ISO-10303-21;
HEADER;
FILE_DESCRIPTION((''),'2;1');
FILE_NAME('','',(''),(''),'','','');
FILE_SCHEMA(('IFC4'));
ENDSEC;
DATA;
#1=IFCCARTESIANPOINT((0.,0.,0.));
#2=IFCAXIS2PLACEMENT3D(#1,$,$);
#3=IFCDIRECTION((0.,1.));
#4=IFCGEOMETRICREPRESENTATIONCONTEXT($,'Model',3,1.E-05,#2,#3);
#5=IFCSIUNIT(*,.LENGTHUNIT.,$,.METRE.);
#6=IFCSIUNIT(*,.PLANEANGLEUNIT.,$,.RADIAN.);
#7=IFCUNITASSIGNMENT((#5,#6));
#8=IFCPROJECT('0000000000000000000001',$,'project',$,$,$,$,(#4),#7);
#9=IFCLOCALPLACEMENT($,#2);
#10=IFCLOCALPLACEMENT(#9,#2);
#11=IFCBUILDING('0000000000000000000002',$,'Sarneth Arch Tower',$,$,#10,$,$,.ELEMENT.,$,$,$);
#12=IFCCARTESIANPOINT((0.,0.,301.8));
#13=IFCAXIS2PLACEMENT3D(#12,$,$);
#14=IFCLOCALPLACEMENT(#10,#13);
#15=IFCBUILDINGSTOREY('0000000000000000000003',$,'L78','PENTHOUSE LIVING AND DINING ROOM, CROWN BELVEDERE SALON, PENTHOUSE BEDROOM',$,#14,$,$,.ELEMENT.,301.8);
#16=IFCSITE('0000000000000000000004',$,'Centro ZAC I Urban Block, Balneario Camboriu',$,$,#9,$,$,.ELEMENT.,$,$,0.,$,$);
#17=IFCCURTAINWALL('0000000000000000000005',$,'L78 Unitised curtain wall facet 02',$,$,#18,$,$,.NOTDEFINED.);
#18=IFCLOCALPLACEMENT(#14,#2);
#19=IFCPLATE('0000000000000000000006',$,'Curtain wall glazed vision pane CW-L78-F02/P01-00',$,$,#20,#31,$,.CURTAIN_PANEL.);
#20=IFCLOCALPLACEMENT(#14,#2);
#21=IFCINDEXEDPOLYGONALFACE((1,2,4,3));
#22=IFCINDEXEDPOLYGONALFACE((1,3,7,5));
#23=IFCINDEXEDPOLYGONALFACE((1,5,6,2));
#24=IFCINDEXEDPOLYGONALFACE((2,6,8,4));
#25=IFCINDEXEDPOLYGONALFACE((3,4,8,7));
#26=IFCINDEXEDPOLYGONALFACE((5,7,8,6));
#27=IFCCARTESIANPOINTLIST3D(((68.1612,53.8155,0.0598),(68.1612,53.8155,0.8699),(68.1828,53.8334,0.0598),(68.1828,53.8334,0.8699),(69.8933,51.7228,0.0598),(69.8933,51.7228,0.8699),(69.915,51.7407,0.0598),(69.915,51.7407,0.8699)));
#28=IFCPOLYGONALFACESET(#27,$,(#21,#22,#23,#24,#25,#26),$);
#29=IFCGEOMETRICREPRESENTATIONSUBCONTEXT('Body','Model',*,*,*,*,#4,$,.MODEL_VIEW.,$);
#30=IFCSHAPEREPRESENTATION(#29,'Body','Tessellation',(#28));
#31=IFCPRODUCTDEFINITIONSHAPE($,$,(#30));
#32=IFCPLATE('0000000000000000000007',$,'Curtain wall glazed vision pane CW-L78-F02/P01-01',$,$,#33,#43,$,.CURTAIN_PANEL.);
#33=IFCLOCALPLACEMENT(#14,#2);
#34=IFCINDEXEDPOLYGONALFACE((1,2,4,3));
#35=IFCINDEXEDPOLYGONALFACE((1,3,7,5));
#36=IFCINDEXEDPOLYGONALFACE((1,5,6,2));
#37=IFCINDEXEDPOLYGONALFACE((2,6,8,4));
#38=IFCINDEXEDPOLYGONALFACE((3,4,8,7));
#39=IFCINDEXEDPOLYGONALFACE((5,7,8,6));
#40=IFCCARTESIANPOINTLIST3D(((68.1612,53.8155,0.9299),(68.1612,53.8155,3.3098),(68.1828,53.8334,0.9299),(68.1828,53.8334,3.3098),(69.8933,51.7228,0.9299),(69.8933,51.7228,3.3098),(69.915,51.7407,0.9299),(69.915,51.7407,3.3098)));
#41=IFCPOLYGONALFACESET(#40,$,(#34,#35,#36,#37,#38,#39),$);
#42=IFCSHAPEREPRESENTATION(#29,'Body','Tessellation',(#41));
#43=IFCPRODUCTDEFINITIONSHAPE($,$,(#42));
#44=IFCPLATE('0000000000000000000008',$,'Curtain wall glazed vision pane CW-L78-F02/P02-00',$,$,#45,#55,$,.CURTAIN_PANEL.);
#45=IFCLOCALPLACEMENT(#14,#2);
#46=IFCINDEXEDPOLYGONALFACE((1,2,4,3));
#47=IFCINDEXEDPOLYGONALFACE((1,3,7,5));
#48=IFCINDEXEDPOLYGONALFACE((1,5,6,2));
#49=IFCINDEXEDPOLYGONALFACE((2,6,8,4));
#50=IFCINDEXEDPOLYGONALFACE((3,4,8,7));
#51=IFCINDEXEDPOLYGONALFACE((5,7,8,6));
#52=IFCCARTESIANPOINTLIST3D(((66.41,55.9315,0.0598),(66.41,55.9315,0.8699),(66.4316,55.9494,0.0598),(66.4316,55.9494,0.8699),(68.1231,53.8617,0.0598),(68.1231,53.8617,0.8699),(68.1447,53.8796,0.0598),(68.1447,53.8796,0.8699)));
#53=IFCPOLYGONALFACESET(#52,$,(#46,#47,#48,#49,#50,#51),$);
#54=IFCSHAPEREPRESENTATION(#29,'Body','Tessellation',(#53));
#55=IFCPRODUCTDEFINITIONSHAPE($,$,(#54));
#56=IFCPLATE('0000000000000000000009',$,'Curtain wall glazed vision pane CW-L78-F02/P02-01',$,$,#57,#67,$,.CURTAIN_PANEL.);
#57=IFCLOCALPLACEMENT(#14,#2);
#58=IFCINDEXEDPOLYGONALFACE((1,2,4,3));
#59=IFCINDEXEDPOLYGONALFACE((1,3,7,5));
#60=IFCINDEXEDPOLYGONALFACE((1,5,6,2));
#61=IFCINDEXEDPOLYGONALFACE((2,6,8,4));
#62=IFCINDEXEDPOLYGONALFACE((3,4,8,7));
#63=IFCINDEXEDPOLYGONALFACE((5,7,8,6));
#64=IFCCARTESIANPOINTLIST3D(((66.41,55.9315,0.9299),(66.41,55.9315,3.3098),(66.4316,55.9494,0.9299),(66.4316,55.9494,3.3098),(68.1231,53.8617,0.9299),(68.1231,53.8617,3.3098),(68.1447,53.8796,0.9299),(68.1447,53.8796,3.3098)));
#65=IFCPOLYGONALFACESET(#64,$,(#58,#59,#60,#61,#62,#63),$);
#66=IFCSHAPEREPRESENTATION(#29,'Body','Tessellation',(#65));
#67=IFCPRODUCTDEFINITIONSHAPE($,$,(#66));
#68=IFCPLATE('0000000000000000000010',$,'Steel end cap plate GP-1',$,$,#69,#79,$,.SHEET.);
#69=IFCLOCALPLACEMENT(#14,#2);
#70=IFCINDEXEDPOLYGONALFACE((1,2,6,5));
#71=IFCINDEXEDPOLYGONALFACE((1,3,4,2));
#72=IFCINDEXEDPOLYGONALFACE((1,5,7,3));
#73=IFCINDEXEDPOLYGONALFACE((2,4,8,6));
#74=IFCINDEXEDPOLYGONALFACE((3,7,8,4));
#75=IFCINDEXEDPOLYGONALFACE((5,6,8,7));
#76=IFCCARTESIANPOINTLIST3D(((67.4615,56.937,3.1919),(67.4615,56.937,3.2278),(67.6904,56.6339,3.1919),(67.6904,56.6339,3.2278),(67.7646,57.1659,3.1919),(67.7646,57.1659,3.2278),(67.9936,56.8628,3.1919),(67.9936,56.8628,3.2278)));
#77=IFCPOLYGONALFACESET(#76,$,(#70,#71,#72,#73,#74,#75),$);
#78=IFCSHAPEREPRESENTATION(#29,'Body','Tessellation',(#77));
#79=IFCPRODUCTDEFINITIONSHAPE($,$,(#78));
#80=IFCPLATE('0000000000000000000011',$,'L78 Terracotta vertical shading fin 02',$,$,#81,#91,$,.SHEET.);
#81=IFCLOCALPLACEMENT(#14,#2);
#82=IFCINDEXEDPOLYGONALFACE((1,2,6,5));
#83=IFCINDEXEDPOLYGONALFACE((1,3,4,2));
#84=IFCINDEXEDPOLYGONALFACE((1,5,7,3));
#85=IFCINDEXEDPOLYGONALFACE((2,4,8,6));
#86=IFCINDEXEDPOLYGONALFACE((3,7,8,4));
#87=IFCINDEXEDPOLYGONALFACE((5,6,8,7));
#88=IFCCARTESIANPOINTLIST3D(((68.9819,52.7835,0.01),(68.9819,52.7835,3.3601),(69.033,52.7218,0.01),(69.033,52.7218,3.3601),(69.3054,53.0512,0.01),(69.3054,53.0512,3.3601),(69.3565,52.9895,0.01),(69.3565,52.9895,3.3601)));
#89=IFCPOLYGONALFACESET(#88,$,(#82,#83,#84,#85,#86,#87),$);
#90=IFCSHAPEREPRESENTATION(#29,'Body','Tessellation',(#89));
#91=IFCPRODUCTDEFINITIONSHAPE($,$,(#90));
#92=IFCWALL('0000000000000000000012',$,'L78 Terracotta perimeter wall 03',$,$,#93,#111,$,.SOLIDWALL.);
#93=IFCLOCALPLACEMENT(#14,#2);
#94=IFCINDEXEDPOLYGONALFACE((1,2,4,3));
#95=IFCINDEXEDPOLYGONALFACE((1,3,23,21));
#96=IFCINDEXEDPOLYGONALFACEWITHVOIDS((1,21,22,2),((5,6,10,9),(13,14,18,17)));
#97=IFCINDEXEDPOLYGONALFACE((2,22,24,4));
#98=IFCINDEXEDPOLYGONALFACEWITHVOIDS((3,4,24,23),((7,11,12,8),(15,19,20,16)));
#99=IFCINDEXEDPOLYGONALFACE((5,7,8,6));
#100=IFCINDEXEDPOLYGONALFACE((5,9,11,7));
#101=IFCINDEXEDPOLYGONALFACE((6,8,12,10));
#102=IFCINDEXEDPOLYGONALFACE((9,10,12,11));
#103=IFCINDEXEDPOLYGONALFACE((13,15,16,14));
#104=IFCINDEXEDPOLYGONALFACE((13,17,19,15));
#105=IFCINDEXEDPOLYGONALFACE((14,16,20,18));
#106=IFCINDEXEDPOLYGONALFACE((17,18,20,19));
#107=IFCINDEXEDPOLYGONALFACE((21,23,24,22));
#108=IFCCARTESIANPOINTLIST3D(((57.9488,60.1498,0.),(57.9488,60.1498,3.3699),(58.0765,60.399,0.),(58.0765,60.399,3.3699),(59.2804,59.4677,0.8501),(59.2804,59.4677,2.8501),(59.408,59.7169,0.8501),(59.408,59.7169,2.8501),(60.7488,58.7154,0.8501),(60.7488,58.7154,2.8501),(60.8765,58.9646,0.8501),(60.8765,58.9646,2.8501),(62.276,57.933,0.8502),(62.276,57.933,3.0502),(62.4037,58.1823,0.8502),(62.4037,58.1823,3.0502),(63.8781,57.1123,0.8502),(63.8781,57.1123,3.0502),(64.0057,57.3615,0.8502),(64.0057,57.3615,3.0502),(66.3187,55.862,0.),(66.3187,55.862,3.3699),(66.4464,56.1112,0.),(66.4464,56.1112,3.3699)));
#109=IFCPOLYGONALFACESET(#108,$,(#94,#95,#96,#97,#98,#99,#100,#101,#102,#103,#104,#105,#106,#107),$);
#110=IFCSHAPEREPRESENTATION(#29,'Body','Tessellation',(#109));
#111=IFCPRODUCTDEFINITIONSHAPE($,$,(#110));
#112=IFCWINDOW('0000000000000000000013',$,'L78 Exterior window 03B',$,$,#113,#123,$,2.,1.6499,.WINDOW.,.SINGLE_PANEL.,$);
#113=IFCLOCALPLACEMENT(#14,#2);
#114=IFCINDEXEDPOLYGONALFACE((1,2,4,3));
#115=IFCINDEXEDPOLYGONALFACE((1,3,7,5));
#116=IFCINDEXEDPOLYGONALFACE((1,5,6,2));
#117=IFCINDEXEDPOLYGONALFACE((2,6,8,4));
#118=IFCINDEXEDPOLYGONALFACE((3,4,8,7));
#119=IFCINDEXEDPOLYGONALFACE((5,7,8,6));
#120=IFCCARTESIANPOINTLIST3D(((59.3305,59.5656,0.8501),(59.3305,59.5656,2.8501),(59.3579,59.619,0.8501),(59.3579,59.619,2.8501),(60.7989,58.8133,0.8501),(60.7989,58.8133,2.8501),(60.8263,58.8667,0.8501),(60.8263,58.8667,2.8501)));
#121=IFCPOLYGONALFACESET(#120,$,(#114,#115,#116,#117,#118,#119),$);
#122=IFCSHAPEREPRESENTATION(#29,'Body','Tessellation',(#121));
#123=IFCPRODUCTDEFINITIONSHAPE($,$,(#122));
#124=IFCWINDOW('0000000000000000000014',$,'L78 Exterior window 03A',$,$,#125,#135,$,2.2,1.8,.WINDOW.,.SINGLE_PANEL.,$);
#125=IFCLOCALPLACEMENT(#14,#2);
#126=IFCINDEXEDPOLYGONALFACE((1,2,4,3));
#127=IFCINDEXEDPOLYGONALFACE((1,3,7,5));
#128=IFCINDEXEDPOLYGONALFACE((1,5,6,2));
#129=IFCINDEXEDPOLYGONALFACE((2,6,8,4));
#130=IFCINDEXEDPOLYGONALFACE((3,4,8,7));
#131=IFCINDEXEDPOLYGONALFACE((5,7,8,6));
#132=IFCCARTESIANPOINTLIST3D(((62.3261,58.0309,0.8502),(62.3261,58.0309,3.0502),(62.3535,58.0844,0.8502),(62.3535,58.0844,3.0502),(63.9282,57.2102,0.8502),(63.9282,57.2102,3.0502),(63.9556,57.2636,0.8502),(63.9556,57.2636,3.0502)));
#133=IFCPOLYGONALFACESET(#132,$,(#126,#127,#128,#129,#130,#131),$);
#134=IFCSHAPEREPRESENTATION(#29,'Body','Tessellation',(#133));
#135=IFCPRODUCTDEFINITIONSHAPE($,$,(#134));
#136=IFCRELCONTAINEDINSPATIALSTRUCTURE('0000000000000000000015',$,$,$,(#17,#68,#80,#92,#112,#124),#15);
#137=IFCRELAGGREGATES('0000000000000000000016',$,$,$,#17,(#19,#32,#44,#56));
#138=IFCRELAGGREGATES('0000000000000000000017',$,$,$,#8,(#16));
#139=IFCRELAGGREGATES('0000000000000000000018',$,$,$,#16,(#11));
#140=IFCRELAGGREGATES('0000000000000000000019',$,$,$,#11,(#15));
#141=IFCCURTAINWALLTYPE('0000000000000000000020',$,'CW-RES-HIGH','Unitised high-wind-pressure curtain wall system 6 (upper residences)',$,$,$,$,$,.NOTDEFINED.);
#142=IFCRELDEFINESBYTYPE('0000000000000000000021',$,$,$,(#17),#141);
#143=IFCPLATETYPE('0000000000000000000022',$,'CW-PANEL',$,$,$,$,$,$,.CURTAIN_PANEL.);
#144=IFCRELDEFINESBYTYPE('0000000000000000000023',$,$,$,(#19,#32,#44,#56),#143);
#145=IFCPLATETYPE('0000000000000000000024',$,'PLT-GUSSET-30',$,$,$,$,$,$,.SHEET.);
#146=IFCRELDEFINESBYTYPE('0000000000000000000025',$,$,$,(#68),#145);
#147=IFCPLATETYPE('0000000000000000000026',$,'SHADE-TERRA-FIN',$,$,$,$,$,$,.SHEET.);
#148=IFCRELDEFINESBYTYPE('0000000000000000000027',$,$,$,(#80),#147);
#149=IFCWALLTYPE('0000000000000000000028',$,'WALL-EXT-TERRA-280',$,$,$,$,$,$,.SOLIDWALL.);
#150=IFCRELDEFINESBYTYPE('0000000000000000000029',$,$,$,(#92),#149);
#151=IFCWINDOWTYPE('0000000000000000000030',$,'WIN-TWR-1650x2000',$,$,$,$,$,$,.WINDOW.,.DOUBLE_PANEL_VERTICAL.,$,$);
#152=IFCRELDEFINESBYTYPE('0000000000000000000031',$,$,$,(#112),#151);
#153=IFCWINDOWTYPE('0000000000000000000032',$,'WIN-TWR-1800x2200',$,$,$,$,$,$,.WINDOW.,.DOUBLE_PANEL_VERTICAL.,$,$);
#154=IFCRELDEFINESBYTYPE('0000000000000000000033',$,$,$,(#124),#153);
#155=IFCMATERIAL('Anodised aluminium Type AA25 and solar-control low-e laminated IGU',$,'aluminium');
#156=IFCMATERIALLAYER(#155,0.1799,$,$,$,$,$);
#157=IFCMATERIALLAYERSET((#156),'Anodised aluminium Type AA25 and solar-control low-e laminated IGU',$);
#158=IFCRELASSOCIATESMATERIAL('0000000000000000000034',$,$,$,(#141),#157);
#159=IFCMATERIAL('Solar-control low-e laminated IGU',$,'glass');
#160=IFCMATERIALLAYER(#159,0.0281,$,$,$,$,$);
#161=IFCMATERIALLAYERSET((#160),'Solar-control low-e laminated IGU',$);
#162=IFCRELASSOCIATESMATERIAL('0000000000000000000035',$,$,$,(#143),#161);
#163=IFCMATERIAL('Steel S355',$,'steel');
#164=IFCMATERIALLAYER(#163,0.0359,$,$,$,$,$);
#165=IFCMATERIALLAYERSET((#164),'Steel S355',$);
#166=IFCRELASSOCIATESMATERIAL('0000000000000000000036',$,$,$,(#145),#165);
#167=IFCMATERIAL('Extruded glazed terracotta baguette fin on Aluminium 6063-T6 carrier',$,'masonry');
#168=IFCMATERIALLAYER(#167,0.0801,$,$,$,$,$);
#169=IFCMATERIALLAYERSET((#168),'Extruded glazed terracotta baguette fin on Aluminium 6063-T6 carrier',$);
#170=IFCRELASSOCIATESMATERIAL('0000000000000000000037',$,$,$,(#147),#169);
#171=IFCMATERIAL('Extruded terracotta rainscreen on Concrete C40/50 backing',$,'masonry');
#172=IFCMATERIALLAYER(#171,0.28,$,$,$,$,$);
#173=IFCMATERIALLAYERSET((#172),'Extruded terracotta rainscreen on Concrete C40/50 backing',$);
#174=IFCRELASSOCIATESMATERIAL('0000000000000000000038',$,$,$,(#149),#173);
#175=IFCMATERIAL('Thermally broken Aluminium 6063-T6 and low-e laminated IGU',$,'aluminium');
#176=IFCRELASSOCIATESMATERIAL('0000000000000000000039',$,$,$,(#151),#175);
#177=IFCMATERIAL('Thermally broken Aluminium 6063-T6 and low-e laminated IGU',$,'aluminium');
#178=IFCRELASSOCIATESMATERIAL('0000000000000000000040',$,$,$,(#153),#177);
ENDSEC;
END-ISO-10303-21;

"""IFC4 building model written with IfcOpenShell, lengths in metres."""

from ifc_helpers import new_model, si_unit, direction, frame, frame_2d, origin, origin_2d, place, context, subcontext, project, spatial, rectangle, extrude, material, layer, layer_set, type_object, element, fill, aggregate, save


model = new_model("IFC4")

# Units and contexts
model_context = context("Model", 3, precision=1e-05, world=origin(), true_north=direction((0.0, 1.0)))
body_context = subcontext(model_context, "Body", "Model", "MODEL_VIEW")
ifc_project = project(units=[si_unit("LENGTHUNIT", "METRE"), si_unit("PLANEANGLEUNIT", "RADIAN")], contexts=[model_context])

# Site, building, storey
site_placement = place(None, origin())
site = spatial("IfcSite", under=ifc_project, at=site_placement, Name="Centro ZAC I Urban Block, Balneario Camboriu", CompositionType="ELEMENT", RefElevation=0.0)
building_placement = place(site_placement, origin())
building = spatial("IfcBuilding", under=site, at=building_placement, Name="Sarneth Arch Tower", CompositionType="ELEMENT")
storey_placement = place(building_placement, frame((0.0, 0.0, 301.8)))
storey = spatial("IfcBuildingStorey", under=building, at=storey_placement, Name="L78", Description="PENTHOUSE LIVING AND DINING ROOM, CROWN BELVEDERE SALON, PENTHOUSE BEDROOM", CompositionType="ELEMENT", Elevation=301.8)

# Curtain wall
ifc_material_1 = material(Name="Anodised aluminium Type AA25 and solar-control low-e laminated IGU", Category="aluminium")
ifc_layer_1 = layer(ifc_material_1, 0.1799)
ifc_layer_set_1 = layer_set([ifc_layer_1], Name="Anodised aluminium Type AA25 and solar-control low-e laminated IGU")
curtain_wall_type = type_object("IfcCurtainWallType", Name="CW-RES-HIGH", Description="Unitised high-wind-pressure curtain wall system 6 (upper residences)", PredefinedType="NOTDEFINED", material=ifc_layer_set_1)
curtain_wall_placement = place(storey_placement, origin())
curtain_wall = element("IfcCurtainWall", 1, at=curtain_wall_placement, inside=storey, type_object=curtain_wall_type, Name="L78 Unitised curtain wall facet 02", PredefinedType="NOTDEFINED")

# Plates
ifc_material_2 = material(Name="Solar-control low-e laminated IGU", Category="glass")
ifc_layer_2 = layer(ifc_material_2, 0.0281)
ifc_layer_set_2 = layer_set([ifc_layer_2], Name="Solar-control low-e laminated IGU")
plate_type_1 = type_object("IfcPlateType", Name="CW-PANEL", PredefinedType="CURTAIN_PANEL", material=ifc_layer_set_2)
plate_1_placement = place(storey_placement, frame((69.0381, 52.7781, 0.0598), z_axis=(0.0, 0.0, 1.0), x_axis=(-0.63761, 0.770359, 0.0)))
plate_1 = element("IfcPlate", 2, at=plate_1_placement, type_object=plate_type_1, Name="Curtain wall glazed vision pane CW-L78-F02/P01-00", PredefinedType="CURTAIN_PANEL", context=body_context, shape_type="SweptSolid", body=[
    extrude(rectangle(XDim=2.7166, YDim=0.0281, at=origin_2d()), origin(), (0.0, 0.0, 1.0), 0.8101),
])
plate_2_placement = place(storey_placement, frame((69.0381, 52.7781, 0.9299), z_axis=(0.0, 0.0, 1.0), x_axis=(-0.63761, 0.770359, 0.0)))
plate_2 = element("IfcPlate", 3, at=plate_2_placement, type_object=plate_type_1, Name="Curtain wall glazed vision pane CW-L78-F02/P01-01", PredefinedType="CURTAIN_PANEL", context=body_context, shape_type="SweptSolid", body=[
    extrude(rectangle(XDim=2.7166, YDim=0.0281, at=origin_2d()), origin(), (0.0, 0.0, 1.0), 2.3799),
])
plate_3_placement = place(storey_placement, frame((67.2773, 54.9055, 0.0598), z_axis=(0.0, 0.0, 1.0), x_axis=(-0.63761, 0.770359, 0.0)))
plate_3 = element("IfcPlate", 4, at=plate_3_placement, type_object=plate_type_1, Name="Curtain wall glazed vision pane CW-L78-F02/P02-00", PredefinedType="CURTAIN_PANEL", context=body_context, shape_type="SweptSolid", body=[
    extrude(rectangle(XDim=2.6868, YDim=0.0281, at=origin_2d()), origin(), (0.0, 0.0, 1.0), 0.8101),
])
plate_4_placement = place(storey_placement, frame((67.2773, 54.9055, 0.9299), z_axis=(0.0, 0.0, 1.0), x_axis=(-0.63761, 0.770359, 0.0)))
plate_4 = element("IfcPlate", 5, at=plate_4_placement, type_object=plate_type_1, Name="Curtain wall glazed vision pane CW-L78-F02/P02-01", PredefinedType="CURTAIN_PANEL", context=body_context, shape_type="SweptSolid", body=[
    extrude(rectangle(XDim=2.6868, YDim=0.0281, at=origin_2d()), origin(), (0.0, 0.0, 1.0), 2.3799),
])
aggregate(curtain_wall, [plate_1, plate_2, plate_3, plate_4])

# Plates
ifc_material_3 = material(Name="Steel S355", Category="steel")
ifc_layer_3 = layer(ifc_material_3, 0.0359)
ifc_layer_set_3 = layer_set([ifc_layer_3], Name="Steel S355")
plate_type_2 = type_object("IfcPlateType", Name="PLT-GUSSET-30", PredefinedType="SHEET", material=ifc_layer_set_3)
plate_5_placement = place(storey_placement, frame((67.7275, 56.8999, 3.1919), z_axis=(0.0, 0.0, 1.0), x_axis=(0.798005, 0.602651, 0.0)))
element("IfcPlate", 6, at=plate_5_placement, inside=storey, type_object=plate_type_2, Name="Steel end cap plate GP-1", PredefinedType="SHEET", context=body_context, shape_type="SweptSolid", body=[
    extrude(rectangle(XDim=0.3799, YDim=0.3799, at=origin_2d()), origin(), (0.0, 0.0, 1.0), 0.0359),
])
ifc_material_4 = material(Name="Extruded glazed terracotta baguette fin on Aluminium 6063-T6 carrier", Category="masonry")
ifc_layer_4 = layer(ifc_material_4, 0.0801)
ifc_layer_set_4 = layer_set([ifc_layer_4], Name="Extruded glazed terracotta baguette fin on Aluminium 6063-T6 carrier")
plate_type_3 = type_object("IfcPlateType", Name="SHADE-TERRA-FIN", PredefinedType="SHEET", material=ifc_layer_set_4)
plate_6_placement = place(storey_placement, frame((69.1692, 52.8865, 0.01), z_axis=(0.0, 0.0, 1.0), x_axis=(0.770402, 0.637558, 0.0)))
element("IfcPlate", 7, at=plate_6_placement, inside=storey, type_object=plate_type_3, Name="L78 Terracotta vertical shading fin 02", PredefinedType="SHEET", context=body_context, shape_type="SweptSolid", body=[
    extrude(rectangle(XDim=0.4199, YDim=0.0801, at=origin_2d()), origin(), (0.0, 0.0, 1.0), 3.3501),
])

# Wall, openings, windows
ifc_material_5 = material(Name="Extruded terracotta rainscreen on Concrete C40/50 backing", Category="masonry")
ifc_layer_5 = layer(ifc_material_5, 0.28)
ifc_layer_set_5 = layer_set([ifc_layer_5], Name="Extruded terracotta rainscreen on Concrete C40/50 backing")
wall_type = type_object("IfcWallType", Name="WALL-EXT-TERRA-280", PredefinedType="SOLIDWALL", material=ifc_layer_set_5)
wall_placement = place(storey_placement, frame((66.3826, 55.9866, 0.0), z_axis=(0.0, 0.0, 1.0), x_axis=(-0.890007, 0.455946, 0.0)))
wall = element("IfcWall", 8, at=wall_placement, inside=storey, type_object=wall_type, Name="L78 Terracotta perimeter wall 03", PredefinedType="SOLIDWALL", context=body_context, shape_type="SweptSolid", body=[
    extrude(rectangle(XDim=9.4043, YDim=0.28, at=frame_2d((4.7021, 0.0))), origin(), (0.0, 0.0, 1.0), 3.3699),
])
opening_1_placement = place(wall_placement, frame((2.7424, 0.0, 0.8501)))
opening_1 = element("IfcOpeningElement", 9, at=opening_1_placement, cuts=wall, PredefinedType="OPENING", context=body_context, shape_type="SweptSolid", body=[
    extrude(rectangle(XDim=1.8, YDim=2.2, at=frame_2d((0.8999, 1.1001))), frame((0.0, 0.1499, 0.0), z_axis=(0.0, -1.0, 0.0), x_axis=(1.0, 0.0, 0.0)), (0.0, 0.0, 1.0), 0.3),
])
opening_2_placement = place(wall_placement, frame((6.2583, 0.0, 0.8501)))
opening_2 = element("IfcOpeningElement", 10, at=opening_2_placement, cuts=wall, PredefinedType="OPENING", context=body_context, shape_type="SweptSolid", body=[
    extrude(rectangle(XDim=1.6499, YDim=2.0, at=frame_2d((0.825, 1.0))), frame((0.0, 0.1499, 0.0), z_axis=(0.0, -1.0, 0.0), x_axis=(1.0, 0.0, 0.0)), (0.0, 0.0, 1.0), 0.3),
])
ifc_material_6 = material(Name="Thermally broken Aluminium 6063-T6 and low-e laminated IGU", Category="aluminium")
window_type_1 = type_object("IfcWindowType", Name="WIN-TWR-1650x2000", PartitioningType="DOUBLE_PANEL_VERTICAL", PredefinedType="WINDOW", material=ifc_material_6)
window_1_placement = place(opening_2_placement, origin())
window_1 = element("IfcWindow", 11, at=window_1_placement, inside=storey, type_object=window_type_1, Name="L78 Exterior window 03B", OverallHeight=2.0, OverallWidth=1.6499, PartitioningType="SINGLE_PANEL", PredefinedType="WINDOW", context=body_context, shape_type="SweptSolid", body=[
    extrude(rectangle(XDim=1.6499, YDim=2.0, at=frame_2d((0.825, 1.0))), frame((0.0, 0.03, 0.0), z_axis=(0.0, -1.0, 0.0), x_axis=(1.0, 0.0, 0.0)), (0.0, 0.0, 1.0), 0.0601),
])
fill(opening_2, window_1)
ifc_material_7 = material(Name="Thermally broken Aluminium 6063-T6 and low-e laminated IGU", Category="aluminium")
window_type_2 = type_object("IfcWindowType", Name="WIN-TWR-1800x2200", PartitioningType="DOUBLE_PANEL_VERTICAL", PredefinedType="WINDOW", material=ifc_material_7)
window_2_placement = place(opening_1_placement, origin())
window_2 = element("IfcWindow", 12, at=window_2_placement, inside=storey, type_object=window_type_2, Name="L78 Exterior window 03A", OverallHeight=2.2, OverallWidth=1.8, PartitioningType="SINGLE_PANEL", PredefinedType="WINDOW", context=body_context, shape_type="SweptSolid", body=[
    extrude(rectangle(XDim=1.8, YDim=2.2, at=frame_2d((0.8999, 1.1001))), frame((0.0, 0.03, 0.0), z_axis=(0.0, -1.0, 0.0), x_axis=(1.0, 0.0, 0.0)), (0.0, 0.0, 1.0), 0.0601),
])
fill(opening_1, window_2)

save(model, "model.ifc")
